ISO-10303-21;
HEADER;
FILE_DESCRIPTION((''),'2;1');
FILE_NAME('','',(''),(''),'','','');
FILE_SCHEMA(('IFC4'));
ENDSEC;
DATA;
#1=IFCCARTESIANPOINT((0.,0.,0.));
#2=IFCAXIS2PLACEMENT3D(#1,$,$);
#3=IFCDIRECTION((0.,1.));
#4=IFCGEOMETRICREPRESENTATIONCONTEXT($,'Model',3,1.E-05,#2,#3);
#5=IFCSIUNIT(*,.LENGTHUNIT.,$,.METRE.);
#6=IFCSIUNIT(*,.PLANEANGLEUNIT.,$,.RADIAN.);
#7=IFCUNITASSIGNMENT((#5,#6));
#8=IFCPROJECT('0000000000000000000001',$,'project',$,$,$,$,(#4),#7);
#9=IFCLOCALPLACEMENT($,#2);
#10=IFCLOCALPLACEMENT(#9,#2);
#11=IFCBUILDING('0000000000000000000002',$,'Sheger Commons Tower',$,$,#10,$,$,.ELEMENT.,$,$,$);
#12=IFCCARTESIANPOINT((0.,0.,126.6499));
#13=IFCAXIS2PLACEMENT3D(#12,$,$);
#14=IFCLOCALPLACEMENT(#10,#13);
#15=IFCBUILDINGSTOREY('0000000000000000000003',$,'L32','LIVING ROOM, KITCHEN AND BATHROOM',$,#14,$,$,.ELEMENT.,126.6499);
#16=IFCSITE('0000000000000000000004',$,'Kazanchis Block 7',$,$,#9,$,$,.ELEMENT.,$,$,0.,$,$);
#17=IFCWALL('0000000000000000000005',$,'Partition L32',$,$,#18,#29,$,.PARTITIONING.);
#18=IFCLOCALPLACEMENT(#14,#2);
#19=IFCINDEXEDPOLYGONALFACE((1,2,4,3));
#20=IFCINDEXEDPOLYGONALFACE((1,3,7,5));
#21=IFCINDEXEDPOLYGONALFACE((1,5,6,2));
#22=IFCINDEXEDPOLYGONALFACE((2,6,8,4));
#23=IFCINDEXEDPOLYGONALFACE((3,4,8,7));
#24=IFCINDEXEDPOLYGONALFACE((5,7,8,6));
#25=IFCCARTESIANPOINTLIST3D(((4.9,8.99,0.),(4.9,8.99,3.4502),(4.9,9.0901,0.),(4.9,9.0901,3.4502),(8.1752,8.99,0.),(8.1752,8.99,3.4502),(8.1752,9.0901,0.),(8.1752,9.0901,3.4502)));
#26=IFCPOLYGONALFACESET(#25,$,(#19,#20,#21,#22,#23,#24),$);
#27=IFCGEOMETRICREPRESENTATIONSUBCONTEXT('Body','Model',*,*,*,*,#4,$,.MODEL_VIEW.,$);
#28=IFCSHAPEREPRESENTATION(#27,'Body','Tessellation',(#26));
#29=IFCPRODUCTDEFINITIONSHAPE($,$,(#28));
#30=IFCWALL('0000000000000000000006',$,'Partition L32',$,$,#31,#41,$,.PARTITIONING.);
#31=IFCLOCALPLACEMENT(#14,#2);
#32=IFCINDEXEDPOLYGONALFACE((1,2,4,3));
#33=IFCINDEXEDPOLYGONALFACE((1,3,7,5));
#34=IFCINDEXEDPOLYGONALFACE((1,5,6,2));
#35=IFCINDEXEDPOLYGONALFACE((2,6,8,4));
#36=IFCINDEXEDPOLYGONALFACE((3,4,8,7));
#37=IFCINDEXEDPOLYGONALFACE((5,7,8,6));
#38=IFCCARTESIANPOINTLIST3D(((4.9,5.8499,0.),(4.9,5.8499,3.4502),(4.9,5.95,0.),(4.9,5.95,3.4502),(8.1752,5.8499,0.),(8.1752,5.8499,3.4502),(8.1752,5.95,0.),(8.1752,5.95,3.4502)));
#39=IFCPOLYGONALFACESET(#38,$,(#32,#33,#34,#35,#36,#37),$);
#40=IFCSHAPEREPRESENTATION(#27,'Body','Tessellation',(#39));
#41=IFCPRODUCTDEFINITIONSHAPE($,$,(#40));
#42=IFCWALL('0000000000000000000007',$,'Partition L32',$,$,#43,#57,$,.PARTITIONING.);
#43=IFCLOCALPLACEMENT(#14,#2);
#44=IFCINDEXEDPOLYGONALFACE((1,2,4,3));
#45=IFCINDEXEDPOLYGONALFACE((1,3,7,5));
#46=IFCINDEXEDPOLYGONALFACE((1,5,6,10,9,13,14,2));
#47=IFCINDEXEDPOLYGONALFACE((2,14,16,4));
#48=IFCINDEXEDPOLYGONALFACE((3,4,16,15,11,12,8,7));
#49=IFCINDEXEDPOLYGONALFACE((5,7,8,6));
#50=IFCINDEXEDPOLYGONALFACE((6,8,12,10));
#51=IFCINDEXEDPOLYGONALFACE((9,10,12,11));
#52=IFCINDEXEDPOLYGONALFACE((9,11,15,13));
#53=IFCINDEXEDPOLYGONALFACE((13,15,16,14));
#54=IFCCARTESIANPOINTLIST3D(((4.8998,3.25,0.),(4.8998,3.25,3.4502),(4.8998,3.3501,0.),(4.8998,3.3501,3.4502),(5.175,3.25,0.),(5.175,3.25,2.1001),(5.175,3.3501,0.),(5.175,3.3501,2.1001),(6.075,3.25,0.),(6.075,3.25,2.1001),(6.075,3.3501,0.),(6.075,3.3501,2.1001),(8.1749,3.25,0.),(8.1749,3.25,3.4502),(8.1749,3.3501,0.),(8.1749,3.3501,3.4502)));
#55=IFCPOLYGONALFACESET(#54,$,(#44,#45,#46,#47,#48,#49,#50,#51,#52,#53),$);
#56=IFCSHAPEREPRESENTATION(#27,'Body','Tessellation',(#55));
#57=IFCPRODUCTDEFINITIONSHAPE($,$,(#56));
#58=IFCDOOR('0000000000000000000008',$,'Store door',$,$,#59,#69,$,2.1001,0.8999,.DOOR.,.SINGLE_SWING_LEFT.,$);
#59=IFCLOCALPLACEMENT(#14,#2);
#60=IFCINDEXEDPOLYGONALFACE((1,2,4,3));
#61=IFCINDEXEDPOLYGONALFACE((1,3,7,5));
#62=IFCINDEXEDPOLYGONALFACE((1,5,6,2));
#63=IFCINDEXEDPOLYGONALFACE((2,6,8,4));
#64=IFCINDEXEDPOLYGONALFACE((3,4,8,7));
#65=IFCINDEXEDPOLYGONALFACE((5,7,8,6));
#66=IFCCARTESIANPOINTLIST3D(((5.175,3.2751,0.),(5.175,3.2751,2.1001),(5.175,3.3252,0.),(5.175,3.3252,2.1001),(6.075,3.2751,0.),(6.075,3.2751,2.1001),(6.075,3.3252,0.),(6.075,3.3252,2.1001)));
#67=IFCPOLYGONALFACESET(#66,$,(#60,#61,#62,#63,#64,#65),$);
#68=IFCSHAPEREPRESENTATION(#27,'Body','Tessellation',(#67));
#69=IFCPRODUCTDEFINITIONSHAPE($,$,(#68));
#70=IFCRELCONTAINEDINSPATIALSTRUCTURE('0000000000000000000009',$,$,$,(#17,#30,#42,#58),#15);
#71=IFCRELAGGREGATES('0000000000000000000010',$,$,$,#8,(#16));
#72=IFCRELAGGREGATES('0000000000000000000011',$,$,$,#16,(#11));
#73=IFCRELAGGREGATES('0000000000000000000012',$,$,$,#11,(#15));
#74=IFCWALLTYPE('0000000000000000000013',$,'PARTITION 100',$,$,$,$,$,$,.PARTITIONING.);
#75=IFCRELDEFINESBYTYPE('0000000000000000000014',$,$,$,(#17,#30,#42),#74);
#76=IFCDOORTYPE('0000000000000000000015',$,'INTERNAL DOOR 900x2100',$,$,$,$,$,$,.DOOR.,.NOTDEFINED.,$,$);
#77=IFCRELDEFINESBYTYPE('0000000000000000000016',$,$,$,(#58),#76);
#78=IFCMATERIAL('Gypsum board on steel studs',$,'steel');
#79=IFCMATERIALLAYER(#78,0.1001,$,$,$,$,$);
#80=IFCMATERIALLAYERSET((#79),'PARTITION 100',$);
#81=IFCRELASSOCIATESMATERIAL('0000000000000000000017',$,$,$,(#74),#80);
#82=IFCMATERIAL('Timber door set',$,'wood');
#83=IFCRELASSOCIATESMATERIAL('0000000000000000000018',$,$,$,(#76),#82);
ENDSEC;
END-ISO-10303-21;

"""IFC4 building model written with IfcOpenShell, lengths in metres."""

from ifc_helpers import new_model, si_unit, direction, frame, frame_2d, origin, place, context, subcontext, project, spatial, rectangle, extrude, material, layer, layer_set, type_object, element, fill, save


model = new_model("IFC4")

# Units and contexts
model_context = context("Model", 3, precision=1e-05, world=origin(), true_north=direction((0.0, 1.0)))
body_context = subcontext(model_context, "Body", "Model", "MODEL_VIEW")
ifc_project = project(units=[si_unit("LENGTHUNIT", "METRE"), si_unit("PLANEANGLEUNIT", "RADIAN")], contexts=[model_context])

# Site, building, storey
site_placement = place(None, origin())
site = spatial("IfcSite", under=ifc_project, at=site_placement, Name="Kazanchis Block 7", CompositionType="ELEMENT", RefElevation=0.0)
building_placement = place(site_placement, origin())
building = spatial("IfcBuilding", under=site, at=building_placement, Name="Sheger Commons Tower", CompositionType="ELEMENT")
storey_placement = place(building_placement, frame((0.0, 0.0, 126.6499)))
storey = spatial("IfcBuildingStorey", under=building, at=storey_placement, Name="L32", Description="LIVING ROOM, KITCHEN AND BATHROOM", CompositionType="ELEMENT", Elevation=126.6499)

# Shared definitions
ifc_material_1 = material(Name="Gypsum board on steel studs", Category="steel")
ifc_layer_1 = layer(ifc_material_1, 0.1001)
ifc_layer_set_1 = layer_set([ifc_layer_1], Name="PARTITION 100")
wall_type_1 = type_object("IfcWallType", Name="PARTITION 100", PredefinedType="PARTITIONING", material=ifc_layer_set_1)
ifc_material_2 = material(Name="Timber door set", Category="wood")
door_type = type_object("IfcDoorType", Name="INTERNAL DOOR 900x2100", OperationType="NOTDEFINED", PredefinedType="DOOR", material=ifc_material_2)

# Walls
for number, where, z_axis, x_axis, name in (
    (1, (4.8999, 9.04, 0.0), (0.0, 0.0, 1.0), (1.0, 0.0, 0.0), "Partition L32"),
    (2, (4.8999, 5.8999, 0.0), (0.0, 0.0, 1.0), (1.0, 0.0, 0.0), "Partition L32"),
):
    element("IfcWall", number, at=place(storey_placement, frame(where, z_axis=z_axis, x_axis=x_axis)), inside=storey, type_object=wall_type_1, Name=name, PredefinedType="PARTITIONING", context=body_context, shape_type="SweptSolid", body=[
        extrude(rectangle(XDim=3.2751, YDim=0.1001, at=frame_2d((1.6377, 0.0))), origin(), (0.0, 0.0, 1.0), 3.4502),
    ])

# Wall, opening, door
wall_1_placement = place(storey_placement, frame((8.175, 3.3, 0.0), z_axis=(0.0, 0.0, 1.0), x_axis=(-1.0, 0.0, 0.0)))
wall_1 = element("IfcWall", 3, at=wall_1_placement, inside=storey, type_object=wall_type_1, Name="Partition L32", PredefinedType="PARTITIONING", context=body_context, shape_type="SweptSolid", body=[
    extrude(rectangle(XDim=3.2751, YDim=0.1001, at=frame_2d((1.6377, 0.0))), origin(), (0.0, 0.0, 1.0), 3.4502),
])
opening_1_placement = place(wall_1_placement, frame((2.1001, 0.0, 0.0)))
opening_1 = element("IfcOpeningElement", 4, at=opening_1_placement, cuts=wall_1, PredefinedType="OPENING", context=body_context, shape_type="SweptSolid", body=[
    extrude(rectangle(XDim=0.8999, YDim=2.1001, at=frame_2d((0.45, 1.05))), frame((0.0, 0.0601, 0.0), z_axis=(0.0, -1.0, 0.0), x_axis=(1.0, 0.0, 0.0)), (0.0, 0.0, 1.0), 0.1201),
])
door_1_placement = place(opening_1_placement, origin())
door_1 = element("IfcDoor", 5, at=door_1_placement, inside=storey, type_object=door_type, Name="Store door", OperationType="SINGLE_SWING_LEFT", OverallHeight=2.1001, OverallWidth=0.8999, PredefinedType="DOOR", context=body_context, shape_type="SweptSolid", body=[
    extrude(rectangle(XDim=0.8999, YDim=2.1001, at=frame_2d((0.45, 1.05))), frame((0.0, 0.0249, 0.0), z_axis=(0.0, -1.0, 0.0), x_axis=(1.0, 0.0, 0.0)), (0.0, 0.0, 1.0), 0.05),
])
fill(opening_1, door_1)

save(model, "model.ifc")
